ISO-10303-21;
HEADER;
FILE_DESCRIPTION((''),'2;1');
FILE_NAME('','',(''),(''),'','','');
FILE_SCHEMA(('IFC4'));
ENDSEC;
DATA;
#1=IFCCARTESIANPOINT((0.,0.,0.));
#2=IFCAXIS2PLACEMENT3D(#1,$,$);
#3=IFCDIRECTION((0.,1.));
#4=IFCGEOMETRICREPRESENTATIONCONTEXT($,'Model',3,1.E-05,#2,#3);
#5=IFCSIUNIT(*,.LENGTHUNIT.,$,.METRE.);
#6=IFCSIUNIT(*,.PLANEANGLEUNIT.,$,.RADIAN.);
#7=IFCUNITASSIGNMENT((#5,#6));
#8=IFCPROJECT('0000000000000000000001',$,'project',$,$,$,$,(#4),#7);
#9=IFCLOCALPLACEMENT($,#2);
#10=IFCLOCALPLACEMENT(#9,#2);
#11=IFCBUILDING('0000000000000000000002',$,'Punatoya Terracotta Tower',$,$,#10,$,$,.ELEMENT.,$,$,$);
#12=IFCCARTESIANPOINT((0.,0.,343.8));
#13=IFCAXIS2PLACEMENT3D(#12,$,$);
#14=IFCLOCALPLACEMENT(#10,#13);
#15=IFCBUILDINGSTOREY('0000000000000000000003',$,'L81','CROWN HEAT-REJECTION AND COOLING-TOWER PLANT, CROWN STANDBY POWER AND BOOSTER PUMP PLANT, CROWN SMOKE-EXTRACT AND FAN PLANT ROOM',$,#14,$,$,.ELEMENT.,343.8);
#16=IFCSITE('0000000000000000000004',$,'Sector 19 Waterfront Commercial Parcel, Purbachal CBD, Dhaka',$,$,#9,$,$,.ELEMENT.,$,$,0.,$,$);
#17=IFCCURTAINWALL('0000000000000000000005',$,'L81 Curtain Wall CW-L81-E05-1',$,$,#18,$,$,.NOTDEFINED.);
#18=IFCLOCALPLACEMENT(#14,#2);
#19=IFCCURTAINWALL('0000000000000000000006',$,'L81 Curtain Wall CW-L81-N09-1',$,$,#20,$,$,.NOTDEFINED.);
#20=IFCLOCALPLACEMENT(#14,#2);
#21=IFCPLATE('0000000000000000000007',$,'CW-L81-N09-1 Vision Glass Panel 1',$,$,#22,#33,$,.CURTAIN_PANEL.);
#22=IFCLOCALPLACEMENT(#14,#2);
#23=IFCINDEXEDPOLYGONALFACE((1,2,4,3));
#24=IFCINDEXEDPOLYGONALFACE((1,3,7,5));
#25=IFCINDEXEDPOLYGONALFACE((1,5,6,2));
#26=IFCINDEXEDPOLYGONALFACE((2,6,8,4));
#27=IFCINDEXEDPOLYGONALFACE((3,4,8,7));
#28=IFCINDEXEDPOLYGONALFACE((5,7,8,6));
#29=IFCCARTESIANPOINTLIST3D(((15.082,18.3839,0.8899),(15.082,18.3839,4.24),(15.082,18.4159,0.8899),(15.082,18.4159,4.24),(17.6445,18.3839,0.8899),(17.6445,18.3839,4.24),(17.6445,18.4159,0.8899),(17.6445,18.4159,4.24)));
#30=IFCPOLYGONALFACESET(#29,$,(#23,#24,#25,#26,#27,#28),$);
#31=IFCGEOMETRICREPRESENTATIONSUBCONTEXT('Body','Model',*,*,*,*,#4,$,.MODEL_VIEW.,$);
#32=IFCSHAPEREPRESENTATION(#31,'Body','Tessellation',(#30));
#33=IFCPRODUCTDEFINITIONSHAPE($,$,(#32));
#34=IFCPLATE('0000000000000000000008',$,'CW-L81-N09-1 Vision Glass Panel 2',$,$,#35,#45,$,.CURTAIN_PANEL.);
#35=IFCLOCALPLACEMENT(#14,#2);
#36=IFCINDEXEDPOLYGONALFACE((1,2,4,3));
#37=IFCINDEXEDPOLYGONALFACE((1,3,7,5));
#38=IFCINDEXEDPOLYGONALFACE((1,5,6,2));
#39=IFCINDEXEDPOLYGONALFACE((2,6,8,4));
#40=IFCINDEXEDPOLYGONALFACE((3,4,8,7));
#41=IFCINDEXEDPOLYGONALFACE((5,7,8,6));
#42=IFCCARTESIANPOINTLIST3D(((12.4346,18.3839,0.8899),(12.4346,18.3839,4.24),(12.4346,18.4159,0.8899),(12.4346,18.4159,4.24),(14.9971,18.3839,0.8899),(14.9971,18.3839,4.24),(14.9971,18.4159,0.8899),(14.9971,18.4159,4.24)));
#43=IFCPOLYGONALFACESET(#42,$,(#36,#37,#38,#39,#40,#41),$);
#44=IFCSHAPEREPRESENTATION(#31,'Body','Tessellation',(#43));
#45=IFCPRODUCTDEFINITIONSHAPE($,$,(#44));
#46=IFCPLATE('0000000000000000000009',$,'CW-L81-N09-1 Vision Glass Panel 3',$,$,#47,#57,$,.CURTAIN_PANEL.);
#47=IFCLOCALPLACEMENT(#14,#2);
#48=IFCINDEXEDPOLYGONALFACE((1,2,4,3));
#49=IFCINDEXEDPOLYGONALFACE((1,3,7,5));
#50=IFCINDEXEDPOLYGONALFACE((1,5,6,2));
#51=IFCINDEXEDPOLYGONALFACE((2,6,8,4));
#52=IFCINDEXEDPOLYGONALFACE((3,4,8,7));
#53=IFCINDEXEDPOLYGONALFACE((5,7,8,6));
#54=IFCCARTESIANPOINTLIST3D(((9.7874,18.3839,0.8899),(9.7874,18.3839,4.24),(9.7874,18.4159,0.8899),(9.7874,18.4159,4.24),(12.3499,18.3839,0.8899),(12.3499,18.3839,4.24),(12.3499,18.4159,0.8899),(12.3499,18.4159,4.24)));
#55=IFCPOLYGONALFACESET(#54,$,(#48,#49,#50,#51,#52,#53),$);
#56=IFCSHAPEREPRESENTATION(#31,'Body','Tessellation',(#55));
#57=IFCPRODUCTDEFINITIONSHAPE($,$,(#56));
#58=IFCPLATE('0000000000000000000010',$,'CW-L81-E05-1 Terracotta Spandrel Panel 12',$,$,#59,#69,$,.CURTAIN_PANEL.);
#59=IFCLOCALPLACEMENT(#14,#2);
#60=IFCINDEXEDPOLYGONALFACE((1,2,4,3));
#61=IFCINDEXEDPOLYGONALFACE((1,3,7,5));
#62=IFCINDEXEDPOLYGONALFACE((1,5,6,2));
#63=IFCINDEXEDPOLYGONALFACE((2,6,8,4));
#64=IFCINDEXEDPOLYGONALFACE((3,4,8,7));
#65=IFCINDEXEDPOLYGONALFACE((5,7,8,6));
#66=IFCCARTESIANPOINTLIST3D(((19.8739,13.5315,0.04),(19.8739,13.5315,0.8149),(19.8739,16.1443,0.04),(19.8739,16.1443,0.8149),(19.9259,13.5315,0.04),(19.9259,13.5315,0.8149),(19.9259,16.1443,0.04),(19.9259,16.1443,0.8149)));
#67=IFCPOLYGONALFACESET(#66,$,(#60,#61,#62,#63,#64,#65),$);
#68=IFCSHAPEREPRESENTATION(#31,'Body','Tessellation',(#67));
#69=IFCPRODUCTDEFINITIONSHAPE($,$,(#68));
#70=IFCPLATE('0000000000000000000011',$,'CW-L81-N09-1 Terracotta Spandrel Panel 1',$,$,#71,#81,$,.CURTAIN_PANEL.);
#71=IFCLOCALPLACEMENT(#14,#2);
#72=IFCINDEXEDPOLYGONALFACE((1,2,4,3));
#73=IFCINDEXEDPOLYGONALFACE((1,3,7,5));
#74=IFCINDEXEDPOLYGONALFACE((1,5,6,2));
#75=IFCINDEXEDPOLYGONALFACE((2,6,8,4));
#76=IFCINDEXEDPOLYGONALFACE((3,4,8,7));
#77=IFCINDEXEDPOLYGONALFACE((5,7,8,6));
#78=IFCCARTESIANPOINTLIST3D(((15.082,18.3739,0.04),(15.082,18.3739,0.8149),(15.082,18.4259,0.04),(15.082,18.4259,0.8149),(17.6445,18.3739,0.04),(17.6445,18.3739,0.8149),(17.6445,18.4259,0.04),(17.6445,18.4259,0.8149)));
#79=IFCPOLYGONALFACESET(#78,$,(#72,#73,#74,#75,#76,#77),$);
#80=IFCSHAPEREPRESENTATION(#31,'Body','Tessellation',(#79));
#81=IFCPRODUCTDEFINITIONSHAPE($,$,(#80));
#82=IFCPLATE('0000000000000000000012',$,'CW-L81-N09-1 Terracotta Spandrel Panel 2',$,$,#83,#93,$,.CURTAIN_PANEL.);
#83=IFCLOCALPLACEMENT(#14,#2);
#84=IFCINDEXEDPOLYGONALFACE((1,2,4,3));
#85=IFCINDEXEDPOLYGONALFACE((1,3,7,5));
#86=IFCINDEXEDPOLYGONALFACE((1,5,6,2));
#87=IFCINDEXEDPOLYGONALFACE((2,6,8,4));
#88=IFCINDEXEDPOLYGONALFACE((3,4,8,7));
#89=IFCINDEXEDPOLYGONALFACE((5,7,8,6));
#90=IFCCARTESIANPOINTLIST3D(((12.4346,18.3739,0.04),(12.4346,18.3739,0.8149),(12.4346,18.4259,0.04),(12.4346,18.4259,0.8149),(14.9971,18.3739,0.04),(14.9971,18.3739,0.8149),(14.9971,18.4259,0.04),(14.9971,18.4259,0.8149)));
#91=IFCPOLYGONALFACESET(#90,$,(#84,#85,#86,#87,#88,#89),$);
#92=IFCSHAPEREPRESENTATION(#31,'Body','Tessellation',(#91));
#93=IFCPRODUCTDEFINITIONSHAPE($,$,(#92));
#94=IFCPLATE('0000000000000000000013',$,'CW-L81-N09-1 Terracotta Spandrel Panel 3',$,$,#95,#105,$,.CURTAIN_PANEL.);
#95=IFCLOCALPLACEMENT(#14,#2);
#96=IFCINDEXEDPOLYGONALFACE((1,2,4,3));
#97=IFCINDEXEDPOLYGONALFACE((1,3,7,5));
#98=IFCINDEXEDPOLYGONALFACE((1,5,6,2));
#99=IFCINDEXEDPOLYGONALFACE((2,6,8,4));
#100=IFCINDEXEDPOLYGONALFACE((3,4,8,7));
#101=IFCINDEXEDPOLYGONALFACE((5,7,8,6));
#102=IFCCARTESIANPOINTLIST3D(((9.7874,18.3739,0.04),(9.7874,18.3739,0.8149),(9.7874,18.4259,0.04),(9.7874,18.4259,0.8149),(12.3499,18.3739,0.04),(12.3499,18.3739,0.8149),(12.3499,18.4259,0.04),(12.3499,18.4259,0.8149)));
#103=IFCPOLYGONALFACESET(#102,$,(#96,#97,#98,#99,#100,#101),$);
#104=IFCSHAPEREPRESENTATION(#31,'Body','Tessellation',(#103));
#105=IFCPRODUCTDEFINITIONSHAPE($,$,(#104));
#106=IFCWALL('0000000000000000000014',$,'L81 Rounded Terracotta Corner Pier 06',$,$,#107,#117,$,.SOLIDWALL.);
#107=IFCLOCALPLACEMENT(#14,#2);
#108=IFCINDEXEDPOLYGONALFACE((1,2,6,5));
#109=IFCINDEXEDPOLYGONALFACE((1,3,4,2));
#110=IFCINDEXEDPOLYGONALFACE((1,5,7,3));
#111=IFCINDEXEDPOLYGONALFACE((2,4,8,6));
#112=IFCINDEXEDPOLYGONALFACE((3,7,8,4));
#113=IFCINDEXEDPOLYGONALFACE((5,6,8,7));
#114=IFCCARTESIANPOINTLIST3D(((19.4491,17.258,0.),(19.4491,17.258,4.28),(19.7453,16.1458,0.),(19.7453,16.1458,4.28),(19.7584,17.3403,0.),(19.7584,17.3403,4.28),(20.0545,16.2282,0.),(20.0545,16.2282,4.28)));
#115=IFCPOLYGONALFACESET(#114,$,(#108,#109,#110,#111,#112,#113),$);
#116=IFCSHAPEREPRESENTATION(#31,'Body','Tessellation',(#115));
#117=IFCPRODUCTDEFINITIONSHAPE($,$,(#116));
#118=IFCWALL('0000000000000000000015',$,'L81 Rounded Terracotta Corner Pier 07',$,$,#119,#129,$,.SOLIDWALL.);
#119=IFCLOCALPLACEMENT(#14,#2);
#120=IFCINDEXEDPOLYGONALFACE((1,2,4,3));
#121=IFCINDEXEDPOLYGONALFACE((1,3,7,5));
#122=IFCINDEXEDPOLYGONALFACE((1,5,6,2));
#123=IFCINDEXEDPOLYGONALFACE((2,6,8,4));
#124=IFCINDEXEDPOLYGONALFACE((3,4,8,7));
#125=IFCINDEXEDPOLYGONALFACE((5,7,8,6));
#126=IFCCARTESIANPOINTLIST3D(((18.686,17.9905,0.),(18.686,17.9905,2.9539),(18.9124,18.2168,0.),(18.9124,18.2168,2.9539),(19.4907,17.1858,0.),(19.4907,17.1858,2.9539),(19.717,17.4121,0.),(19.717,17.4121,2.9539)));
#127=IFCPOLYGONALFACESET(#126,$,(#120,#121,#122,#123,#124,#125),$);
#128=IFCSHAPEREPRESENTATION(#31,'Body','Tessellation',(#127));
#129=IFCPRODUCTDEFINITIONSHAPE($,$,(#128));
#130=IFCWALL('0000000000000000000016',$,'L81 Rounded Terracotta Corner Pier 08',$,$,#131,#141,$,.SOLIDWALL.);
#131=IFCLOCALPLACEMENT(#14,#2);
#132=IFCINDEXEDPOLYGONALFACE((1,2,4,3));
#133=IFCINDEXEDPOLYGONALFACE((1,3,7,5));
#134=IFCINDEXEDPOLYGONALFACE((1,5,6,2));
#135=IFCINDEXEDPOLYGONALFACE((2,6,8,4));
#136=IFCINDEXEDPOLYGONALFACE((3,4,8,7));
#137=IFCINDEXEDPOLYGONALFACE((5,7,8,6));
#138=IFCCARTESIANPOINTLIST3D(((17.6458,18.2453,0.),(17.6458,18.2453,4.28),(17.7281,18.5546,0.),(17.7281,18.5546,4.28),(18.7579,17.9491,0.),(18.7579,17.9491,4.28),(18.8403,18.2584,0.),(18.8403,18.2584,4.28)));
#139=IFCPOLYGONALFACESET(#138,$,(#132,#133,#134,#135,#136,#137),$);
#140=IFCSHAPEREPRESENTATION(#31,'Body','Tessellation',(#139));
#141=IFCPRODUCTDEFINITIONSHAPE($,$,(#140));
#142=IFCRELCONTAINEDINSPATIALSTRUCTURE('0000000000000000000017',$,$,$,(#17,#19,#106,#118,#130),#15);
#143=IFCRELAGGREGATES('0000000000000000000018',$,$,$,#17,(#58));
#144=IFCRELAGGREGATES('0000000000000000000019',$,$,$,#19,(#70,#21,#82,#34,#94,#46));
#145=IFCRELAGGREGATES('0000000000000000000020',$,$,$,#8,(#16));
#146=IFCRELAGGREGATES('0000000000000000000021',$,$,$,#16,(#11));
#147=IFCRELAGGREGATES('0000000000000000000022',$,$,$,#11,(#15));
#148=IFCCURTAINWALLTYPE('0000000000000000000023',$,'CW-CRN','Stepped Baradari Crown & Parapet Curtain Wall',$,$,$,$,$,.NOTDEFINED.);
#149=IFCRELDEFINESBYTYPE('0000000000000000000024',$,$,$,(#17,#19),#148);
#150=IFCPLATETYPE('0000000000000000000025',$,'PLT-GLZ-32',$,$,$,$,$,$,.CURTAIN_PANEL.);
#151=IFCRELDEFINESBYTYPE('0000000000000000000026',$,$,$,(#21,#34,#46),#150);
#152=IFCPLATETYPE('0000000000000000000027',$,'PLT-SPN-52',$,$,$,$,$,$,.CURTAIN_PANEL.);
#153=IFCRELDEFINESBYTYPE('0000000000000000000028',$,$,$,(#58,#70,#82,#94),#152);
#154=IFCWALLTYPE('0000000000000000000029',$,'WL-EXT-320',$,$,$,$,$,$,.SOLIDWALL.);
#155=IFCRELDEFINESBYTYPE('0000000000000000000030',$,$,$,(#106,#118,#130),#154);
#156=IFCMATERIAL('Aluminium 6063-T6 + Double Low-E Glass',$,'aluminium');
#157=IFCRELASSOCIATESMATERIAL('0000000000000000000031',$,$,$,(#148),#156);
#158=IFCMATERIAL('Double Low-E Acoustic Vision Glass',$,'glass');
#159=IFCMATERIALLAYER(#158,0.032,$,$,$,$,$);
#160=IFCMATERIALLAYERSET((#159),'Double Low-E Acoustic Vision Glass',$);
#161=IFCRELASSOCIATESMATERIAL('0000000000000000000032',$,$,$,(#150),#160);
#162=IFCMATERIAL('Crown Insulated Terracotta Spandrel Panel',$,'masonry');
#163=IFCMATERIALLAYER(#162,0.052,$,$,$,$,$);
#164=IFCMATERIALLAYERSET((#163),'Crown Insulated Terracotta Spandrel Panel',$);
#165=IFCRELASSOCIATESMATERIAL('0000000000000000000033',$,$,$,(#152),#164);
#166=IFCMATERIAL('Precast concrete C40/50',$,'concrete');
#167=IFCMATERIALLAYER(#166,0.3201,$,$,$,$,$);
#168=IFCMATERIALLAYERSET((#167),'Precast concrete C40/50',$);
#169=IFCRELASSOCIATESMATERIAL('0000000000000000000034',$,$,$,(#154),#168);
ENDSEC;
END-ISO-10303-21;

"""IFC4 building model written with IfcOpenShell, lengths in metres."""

from ifc_helpers import new_model, si_unit, direction, frame, frame_2d, origin, origin_2d, place, context, subcontext, project, spatial, rectangle, extrude, material, layer, layer_set, type_object, element, aggregate, save


model = new_model("IFC4")

# Units and contexts
model_context = context("Model", 3, precision=1e-05, world=origin(), true_north=direction((0.0, 1.0)))
body_context = subcontext(model_context, "Body", "Model", "MODEL_VIEW")
ifc_project = project(units=[si_unit("LENGTHUNIT", "METRE"), si_unit("PLANEANGLEUNIT", "RADIAN")], contexts=[model_context])

# Site, building, storey
site_placement = place(None, origin())
site = spatial("IfcSite", under=ifc_project, at=site_placement, Name="Sector 19 Waterfront Commercial Parcel, Purbachal CBD, Dhaka", CompositionType="ELEMENT", RefElevation=0.0)
building_placement = place(site_placement, origin())
building = spatial("IfcBuilding", under=site, at=building_placement, Name="Punatoya Terracotta Tower", CompositionType="ELEMENT")
storey_placement = place(building_placement, frame((0.0, 0.0, 343.8)))
storey = spatial("IfcBuildingStorey", under=building, at=storey_placement, Name="L81", Description="CROWN HEAT-REJECTION AND COOLING-TOWER PLANT, CROWN STANDBY POWER AND BOOSTER PUMP PLANT, CROWN SMOKE-EXTRACT AND FAN PLANT ROOM", CompositionType="ELEMENT", Elevation=343.8)

# Curtain walls
ifc_material_1 = material(Name="Aluminium 6063-T6 + Double Low-E Glass", Category="aluminium")
curtain_wall_type = type_object("IfcCurtainWallType", Name="CW-CRN", Description="Stepped Baradari Crown & Parapet Curtain Wall", PredefinedType="NOTDEFINED", material=ifc_material_1)
curtain_wall_1_placement = place(storey_placement, origin())
curtain_wall_1 = element("IfcCurtainWall", 1, at=curtain_wall_1_placement, inside=storey, type_object=curtain_wall_type, Name="L81 Curtain Wall CW-L81-E05-1", PredefinedType="NOTDEFINED")
curtain_wall_2_placement = place(storey_placement, origin())
curtain_wall_2 = element("IfcCurtainWall", 2, at=curtain_wall_2_placement, inside=storey, type_object=curtain_wall_type, Name="L81 Curtain Wall CW-L81-N09-1", PredefinedType="NOTDEFINED")

# Plates
ifc_material_2 = material(Name="Double Low-E Acoustic Vision Glass", Category="glass")
ifc_layer_1 = layer(ifc_material_2, 0.032)
ifc_layer_set_1 = layer_set([ifc_layer_1], Name="Double Low-E Acoustic Vision Glass")
plate_type_1 = type_object("IfcPlateType", Name="PLT-GLZ-32", PredefinedType="CURTAIN_PANEL", material=ifc_layer_set_1)
plate_1_placement = place(storey_placement, frame((16.3633, 18.3999, 0.8899), z_axis=(0.0, 0.0, 1.0), x_axis=(-1.0, 0.0, 0.0)))
plate_1 = element("IfcPlate", 3, at=plate_1_placement, type_object=plate_type_1, Name="CW-L81-N09-1 Vision Glass Panel 1", PredefinedType="CURTAIN_PANEL", context=body_context, shape_type="SweptSolid", body=[
    extrude(rectangle(XDim=2.5625, YDim=0.032, at=origin_2d()), origin(), (0.0, 0.0, 1.0), 3.3501),
])
plate_2_placement = place(storey_placement, frame((13.7158, 18.3999, 0.8899), z_axis=(0.0, 0.0, 1.0), x_axis=(-1.0, 0.0, 0.0)))
plate_2 = element("IfcPlate", 4, at=plate_2_placement, type_object=plate_type_1, Name="CW-L81-N09-1 Vision Glass Panel 2", PredefinedType="CURTAIN_PANEL", context=body_context, shape_type="SweptSolid", body=[
    extrude(rectangle(XDim=2.5625, YDim=0.032, at=origin_2d()), origin(), (0.0, 0.0, 1.0), 3.3501),
])
plate_3_placement = place(storey_placement, frame((11.0686, 18.3999, 0.8899), z_axis=(0.0, 0.0, 1.0), x_axis=(-1.0, 0.0, 0.0)))
plate_3 = element("IfcPlate", 5, at=plate_3_placement, type_object=plate_type_1, Name="CW-L81-N09-1 Vision Glass Panel 3", PredefinedType="CURTAIN_PANEL", context=body_context, shape_type="SweptSolid", body=[
    extrude(rectangle(XDim=2.5625, YDim=0.032, at=origin_2d()), origin(), (0.0, 0.0, 1.0), 3.3501),
])
ifc_material_3 = material(Name="Crown Insulated Terracotta Spandrel Panel", Category="masonry")
ifc_layer_2 = layer(ifc_material_3, 0.052)
ifc_layer_set_2 = layer_set([ifc_layer_2], Name="Crown Insulated Terracotta Spandrel Panel")
plate_type_2 = type_object("IfcPlateType", Name="PLT-SPN-52", PredefinedType="CURTAIN_PANEL", material=ifc_layer_set_2)
plate_4_placement = place(storey_placement, frame((19.8999, 14.8379, 0.04), z_axis=(0.0, 0.0, 1.0), x_axis=(0.0, 1.0, 0.0)))
plate_4 = element("IfcPlate", 6, at=plate_4_placement, type_object=plate_type_2, Name="CW-L81-E05-1 Terracotta Spandrel Panel 12", PredefinedType="CURTAIN_PANEL", context=body_context, shape_type="SweptSolid", body=[
    extrude(rectangle(XDim=2.6128, YDim=0.052, at=origin_2d()), origin(), (0.0, 0.0, 1.0), 0.7749),
])
aggregate(curtain_wall_1, [plate_4])
plate_5_placement = place(storey_placement, frame((16.3633, 18.3999, 0.04), z_axis=(0.0, 0.0, 1.0), x_axis=(-1.0, 0.0, 0.0)))
plate_5 = element("IfcPlate", 7, at=plate_5_placement, type_object=plate_type_2, Name="CW-L81-N09-1 Terracotta Spandrel Panel 1", PredefinedType="CURTAIN_PANEL", context=body_context, shape_type="SweptSolid", body=[
    extrude(rectangle(XDim=2.5625, YDim=0.052, at=origin_2d()), origin(), (0.0, 0.0, 1.0), 0.7749),
])
plate_6_placement = place(storey_placement, frame((13.7158, 18.3999, 0.04), z_axis=(0.0, 0.0, 1.0), x_axis=(-1.0, 0.0, 0.0)))
plate_6 = element("IfcPlate", 8, at=plate_6_placement, type_object=plate_type_2, Name="CW-L81-N09-1 Terracotta Spandrel Panel 2", PredefinedType="CURTAIN_PANEL", context=body_context, shape_type="SweptSolid", body=[
    extrude(rectangle(XDim=2.5625, YDim=0.052, at=origin_2d()), origin(), (0.0, 0.0, 1.0), 0.7749),
])
plate_7_placement = place(storey_placement, frame((11.0686, 18.3999, 0.04), z_axis=(0.0, 0.0, 1.0), x_axis=(-1.0, 0.0, 0.0)))
plate_7 = element("IfcPlate", 9, at=plate_7_placement, type_object=plate_type_2, Name="CW-L81-N09-1 Terracotta Spandrel Panel 3", PredefinedType="CURTAIN_PANEL", context=body_context, shape_type="SweptSolid", body=[
    extrude(rectangle(XDim=2.5625, YDim=0.052, at=origin_2d()), origin(), (0.0, 0.0, 1.0), 0.7749),
])
aggregate(curtain_wall_2, [plate_5, plate_1, plate_6, plate_2, plate_7, plate_3])

# Walls
ifc_material_4 = material(Name="Precast concrete C40/50", Category="concrete")
ifc_layer_3 = layer(ifc_material_4, 0.3201)
ifc_layer_set_3 = layer_set([ifc_layer_3], Name="Precast concrete C40/50")
wall_type = type_object("IfcWallType", Name="WL-EXT-320", PredefinedType="SOLIDWALL", material=ifc_layer_set_3)
wall_1_placement = place(storey_placement, frame((19.8999, 16.187, 0.0), z_axis=(0.0, 0.0, 1.0), x_axis=(-0.257333, 0.966323, 0.0)))
element("IfcWall", 10, at=wall_1_placement, inside=storey, type_object=wall_type, Name="L81 Rounded Terracotta Corner Pier 06", PredefinedType="SOLIDWALL", context=body_context, shape_type="SweptSolid", body=[
    extrude(rectangle(XDim=1.1509, YDim=0.3201, at=frame_2d((0.5754, 0.0))), origin(), (0.0, 0.0, 1.0), 4.28),
])
wall_2_placement = place(storey_placement, frame((19.6038, 17.2991, 0.0), z_axis=(0.0, 0.0, 1.0), x_axis=(-0.707107, 0.707107, 0.0)))
element("IfcWall", 11, at=wall_2_placement, inside=storey, type_object=wall_type, Name="L81 Rounded Terracotta Corner Pier 07", PredefinedType="SOLIDWALL", context=body_context, shape_type="SweptSolid", body=[
    extrude(rectangle(XDim=1.1379, YDim=0.3201, at=frame_2d((0.5688, 0.0))), origin(), (0.0, 0.0, 1.0), 2.9539),
])
wall_3_placement = place(storey_placement, frame((18.7991, 18.1038, 0.0), z_axis=(0.0, 0.0, 1.0), x_axis=(-0.966323, 0.257333, 0.0)))
element("IfcWall", 12, at=wall_3_placement, inside=storey, type_object=wall_type, Name="L81 Rounded Terracotta Corner Pier 08", PredefinedType="SOLIDWALL", context=body_context, shape_type="SweptSolid", body=[
    extrude(rectangle(XDim=1.1509, YDim=0.3201, at=frame_2d((0.5754, 0.0))), origin(), (0.0, 0.0, 1.0), 4.28),
])

save(model, "model.ifc")
